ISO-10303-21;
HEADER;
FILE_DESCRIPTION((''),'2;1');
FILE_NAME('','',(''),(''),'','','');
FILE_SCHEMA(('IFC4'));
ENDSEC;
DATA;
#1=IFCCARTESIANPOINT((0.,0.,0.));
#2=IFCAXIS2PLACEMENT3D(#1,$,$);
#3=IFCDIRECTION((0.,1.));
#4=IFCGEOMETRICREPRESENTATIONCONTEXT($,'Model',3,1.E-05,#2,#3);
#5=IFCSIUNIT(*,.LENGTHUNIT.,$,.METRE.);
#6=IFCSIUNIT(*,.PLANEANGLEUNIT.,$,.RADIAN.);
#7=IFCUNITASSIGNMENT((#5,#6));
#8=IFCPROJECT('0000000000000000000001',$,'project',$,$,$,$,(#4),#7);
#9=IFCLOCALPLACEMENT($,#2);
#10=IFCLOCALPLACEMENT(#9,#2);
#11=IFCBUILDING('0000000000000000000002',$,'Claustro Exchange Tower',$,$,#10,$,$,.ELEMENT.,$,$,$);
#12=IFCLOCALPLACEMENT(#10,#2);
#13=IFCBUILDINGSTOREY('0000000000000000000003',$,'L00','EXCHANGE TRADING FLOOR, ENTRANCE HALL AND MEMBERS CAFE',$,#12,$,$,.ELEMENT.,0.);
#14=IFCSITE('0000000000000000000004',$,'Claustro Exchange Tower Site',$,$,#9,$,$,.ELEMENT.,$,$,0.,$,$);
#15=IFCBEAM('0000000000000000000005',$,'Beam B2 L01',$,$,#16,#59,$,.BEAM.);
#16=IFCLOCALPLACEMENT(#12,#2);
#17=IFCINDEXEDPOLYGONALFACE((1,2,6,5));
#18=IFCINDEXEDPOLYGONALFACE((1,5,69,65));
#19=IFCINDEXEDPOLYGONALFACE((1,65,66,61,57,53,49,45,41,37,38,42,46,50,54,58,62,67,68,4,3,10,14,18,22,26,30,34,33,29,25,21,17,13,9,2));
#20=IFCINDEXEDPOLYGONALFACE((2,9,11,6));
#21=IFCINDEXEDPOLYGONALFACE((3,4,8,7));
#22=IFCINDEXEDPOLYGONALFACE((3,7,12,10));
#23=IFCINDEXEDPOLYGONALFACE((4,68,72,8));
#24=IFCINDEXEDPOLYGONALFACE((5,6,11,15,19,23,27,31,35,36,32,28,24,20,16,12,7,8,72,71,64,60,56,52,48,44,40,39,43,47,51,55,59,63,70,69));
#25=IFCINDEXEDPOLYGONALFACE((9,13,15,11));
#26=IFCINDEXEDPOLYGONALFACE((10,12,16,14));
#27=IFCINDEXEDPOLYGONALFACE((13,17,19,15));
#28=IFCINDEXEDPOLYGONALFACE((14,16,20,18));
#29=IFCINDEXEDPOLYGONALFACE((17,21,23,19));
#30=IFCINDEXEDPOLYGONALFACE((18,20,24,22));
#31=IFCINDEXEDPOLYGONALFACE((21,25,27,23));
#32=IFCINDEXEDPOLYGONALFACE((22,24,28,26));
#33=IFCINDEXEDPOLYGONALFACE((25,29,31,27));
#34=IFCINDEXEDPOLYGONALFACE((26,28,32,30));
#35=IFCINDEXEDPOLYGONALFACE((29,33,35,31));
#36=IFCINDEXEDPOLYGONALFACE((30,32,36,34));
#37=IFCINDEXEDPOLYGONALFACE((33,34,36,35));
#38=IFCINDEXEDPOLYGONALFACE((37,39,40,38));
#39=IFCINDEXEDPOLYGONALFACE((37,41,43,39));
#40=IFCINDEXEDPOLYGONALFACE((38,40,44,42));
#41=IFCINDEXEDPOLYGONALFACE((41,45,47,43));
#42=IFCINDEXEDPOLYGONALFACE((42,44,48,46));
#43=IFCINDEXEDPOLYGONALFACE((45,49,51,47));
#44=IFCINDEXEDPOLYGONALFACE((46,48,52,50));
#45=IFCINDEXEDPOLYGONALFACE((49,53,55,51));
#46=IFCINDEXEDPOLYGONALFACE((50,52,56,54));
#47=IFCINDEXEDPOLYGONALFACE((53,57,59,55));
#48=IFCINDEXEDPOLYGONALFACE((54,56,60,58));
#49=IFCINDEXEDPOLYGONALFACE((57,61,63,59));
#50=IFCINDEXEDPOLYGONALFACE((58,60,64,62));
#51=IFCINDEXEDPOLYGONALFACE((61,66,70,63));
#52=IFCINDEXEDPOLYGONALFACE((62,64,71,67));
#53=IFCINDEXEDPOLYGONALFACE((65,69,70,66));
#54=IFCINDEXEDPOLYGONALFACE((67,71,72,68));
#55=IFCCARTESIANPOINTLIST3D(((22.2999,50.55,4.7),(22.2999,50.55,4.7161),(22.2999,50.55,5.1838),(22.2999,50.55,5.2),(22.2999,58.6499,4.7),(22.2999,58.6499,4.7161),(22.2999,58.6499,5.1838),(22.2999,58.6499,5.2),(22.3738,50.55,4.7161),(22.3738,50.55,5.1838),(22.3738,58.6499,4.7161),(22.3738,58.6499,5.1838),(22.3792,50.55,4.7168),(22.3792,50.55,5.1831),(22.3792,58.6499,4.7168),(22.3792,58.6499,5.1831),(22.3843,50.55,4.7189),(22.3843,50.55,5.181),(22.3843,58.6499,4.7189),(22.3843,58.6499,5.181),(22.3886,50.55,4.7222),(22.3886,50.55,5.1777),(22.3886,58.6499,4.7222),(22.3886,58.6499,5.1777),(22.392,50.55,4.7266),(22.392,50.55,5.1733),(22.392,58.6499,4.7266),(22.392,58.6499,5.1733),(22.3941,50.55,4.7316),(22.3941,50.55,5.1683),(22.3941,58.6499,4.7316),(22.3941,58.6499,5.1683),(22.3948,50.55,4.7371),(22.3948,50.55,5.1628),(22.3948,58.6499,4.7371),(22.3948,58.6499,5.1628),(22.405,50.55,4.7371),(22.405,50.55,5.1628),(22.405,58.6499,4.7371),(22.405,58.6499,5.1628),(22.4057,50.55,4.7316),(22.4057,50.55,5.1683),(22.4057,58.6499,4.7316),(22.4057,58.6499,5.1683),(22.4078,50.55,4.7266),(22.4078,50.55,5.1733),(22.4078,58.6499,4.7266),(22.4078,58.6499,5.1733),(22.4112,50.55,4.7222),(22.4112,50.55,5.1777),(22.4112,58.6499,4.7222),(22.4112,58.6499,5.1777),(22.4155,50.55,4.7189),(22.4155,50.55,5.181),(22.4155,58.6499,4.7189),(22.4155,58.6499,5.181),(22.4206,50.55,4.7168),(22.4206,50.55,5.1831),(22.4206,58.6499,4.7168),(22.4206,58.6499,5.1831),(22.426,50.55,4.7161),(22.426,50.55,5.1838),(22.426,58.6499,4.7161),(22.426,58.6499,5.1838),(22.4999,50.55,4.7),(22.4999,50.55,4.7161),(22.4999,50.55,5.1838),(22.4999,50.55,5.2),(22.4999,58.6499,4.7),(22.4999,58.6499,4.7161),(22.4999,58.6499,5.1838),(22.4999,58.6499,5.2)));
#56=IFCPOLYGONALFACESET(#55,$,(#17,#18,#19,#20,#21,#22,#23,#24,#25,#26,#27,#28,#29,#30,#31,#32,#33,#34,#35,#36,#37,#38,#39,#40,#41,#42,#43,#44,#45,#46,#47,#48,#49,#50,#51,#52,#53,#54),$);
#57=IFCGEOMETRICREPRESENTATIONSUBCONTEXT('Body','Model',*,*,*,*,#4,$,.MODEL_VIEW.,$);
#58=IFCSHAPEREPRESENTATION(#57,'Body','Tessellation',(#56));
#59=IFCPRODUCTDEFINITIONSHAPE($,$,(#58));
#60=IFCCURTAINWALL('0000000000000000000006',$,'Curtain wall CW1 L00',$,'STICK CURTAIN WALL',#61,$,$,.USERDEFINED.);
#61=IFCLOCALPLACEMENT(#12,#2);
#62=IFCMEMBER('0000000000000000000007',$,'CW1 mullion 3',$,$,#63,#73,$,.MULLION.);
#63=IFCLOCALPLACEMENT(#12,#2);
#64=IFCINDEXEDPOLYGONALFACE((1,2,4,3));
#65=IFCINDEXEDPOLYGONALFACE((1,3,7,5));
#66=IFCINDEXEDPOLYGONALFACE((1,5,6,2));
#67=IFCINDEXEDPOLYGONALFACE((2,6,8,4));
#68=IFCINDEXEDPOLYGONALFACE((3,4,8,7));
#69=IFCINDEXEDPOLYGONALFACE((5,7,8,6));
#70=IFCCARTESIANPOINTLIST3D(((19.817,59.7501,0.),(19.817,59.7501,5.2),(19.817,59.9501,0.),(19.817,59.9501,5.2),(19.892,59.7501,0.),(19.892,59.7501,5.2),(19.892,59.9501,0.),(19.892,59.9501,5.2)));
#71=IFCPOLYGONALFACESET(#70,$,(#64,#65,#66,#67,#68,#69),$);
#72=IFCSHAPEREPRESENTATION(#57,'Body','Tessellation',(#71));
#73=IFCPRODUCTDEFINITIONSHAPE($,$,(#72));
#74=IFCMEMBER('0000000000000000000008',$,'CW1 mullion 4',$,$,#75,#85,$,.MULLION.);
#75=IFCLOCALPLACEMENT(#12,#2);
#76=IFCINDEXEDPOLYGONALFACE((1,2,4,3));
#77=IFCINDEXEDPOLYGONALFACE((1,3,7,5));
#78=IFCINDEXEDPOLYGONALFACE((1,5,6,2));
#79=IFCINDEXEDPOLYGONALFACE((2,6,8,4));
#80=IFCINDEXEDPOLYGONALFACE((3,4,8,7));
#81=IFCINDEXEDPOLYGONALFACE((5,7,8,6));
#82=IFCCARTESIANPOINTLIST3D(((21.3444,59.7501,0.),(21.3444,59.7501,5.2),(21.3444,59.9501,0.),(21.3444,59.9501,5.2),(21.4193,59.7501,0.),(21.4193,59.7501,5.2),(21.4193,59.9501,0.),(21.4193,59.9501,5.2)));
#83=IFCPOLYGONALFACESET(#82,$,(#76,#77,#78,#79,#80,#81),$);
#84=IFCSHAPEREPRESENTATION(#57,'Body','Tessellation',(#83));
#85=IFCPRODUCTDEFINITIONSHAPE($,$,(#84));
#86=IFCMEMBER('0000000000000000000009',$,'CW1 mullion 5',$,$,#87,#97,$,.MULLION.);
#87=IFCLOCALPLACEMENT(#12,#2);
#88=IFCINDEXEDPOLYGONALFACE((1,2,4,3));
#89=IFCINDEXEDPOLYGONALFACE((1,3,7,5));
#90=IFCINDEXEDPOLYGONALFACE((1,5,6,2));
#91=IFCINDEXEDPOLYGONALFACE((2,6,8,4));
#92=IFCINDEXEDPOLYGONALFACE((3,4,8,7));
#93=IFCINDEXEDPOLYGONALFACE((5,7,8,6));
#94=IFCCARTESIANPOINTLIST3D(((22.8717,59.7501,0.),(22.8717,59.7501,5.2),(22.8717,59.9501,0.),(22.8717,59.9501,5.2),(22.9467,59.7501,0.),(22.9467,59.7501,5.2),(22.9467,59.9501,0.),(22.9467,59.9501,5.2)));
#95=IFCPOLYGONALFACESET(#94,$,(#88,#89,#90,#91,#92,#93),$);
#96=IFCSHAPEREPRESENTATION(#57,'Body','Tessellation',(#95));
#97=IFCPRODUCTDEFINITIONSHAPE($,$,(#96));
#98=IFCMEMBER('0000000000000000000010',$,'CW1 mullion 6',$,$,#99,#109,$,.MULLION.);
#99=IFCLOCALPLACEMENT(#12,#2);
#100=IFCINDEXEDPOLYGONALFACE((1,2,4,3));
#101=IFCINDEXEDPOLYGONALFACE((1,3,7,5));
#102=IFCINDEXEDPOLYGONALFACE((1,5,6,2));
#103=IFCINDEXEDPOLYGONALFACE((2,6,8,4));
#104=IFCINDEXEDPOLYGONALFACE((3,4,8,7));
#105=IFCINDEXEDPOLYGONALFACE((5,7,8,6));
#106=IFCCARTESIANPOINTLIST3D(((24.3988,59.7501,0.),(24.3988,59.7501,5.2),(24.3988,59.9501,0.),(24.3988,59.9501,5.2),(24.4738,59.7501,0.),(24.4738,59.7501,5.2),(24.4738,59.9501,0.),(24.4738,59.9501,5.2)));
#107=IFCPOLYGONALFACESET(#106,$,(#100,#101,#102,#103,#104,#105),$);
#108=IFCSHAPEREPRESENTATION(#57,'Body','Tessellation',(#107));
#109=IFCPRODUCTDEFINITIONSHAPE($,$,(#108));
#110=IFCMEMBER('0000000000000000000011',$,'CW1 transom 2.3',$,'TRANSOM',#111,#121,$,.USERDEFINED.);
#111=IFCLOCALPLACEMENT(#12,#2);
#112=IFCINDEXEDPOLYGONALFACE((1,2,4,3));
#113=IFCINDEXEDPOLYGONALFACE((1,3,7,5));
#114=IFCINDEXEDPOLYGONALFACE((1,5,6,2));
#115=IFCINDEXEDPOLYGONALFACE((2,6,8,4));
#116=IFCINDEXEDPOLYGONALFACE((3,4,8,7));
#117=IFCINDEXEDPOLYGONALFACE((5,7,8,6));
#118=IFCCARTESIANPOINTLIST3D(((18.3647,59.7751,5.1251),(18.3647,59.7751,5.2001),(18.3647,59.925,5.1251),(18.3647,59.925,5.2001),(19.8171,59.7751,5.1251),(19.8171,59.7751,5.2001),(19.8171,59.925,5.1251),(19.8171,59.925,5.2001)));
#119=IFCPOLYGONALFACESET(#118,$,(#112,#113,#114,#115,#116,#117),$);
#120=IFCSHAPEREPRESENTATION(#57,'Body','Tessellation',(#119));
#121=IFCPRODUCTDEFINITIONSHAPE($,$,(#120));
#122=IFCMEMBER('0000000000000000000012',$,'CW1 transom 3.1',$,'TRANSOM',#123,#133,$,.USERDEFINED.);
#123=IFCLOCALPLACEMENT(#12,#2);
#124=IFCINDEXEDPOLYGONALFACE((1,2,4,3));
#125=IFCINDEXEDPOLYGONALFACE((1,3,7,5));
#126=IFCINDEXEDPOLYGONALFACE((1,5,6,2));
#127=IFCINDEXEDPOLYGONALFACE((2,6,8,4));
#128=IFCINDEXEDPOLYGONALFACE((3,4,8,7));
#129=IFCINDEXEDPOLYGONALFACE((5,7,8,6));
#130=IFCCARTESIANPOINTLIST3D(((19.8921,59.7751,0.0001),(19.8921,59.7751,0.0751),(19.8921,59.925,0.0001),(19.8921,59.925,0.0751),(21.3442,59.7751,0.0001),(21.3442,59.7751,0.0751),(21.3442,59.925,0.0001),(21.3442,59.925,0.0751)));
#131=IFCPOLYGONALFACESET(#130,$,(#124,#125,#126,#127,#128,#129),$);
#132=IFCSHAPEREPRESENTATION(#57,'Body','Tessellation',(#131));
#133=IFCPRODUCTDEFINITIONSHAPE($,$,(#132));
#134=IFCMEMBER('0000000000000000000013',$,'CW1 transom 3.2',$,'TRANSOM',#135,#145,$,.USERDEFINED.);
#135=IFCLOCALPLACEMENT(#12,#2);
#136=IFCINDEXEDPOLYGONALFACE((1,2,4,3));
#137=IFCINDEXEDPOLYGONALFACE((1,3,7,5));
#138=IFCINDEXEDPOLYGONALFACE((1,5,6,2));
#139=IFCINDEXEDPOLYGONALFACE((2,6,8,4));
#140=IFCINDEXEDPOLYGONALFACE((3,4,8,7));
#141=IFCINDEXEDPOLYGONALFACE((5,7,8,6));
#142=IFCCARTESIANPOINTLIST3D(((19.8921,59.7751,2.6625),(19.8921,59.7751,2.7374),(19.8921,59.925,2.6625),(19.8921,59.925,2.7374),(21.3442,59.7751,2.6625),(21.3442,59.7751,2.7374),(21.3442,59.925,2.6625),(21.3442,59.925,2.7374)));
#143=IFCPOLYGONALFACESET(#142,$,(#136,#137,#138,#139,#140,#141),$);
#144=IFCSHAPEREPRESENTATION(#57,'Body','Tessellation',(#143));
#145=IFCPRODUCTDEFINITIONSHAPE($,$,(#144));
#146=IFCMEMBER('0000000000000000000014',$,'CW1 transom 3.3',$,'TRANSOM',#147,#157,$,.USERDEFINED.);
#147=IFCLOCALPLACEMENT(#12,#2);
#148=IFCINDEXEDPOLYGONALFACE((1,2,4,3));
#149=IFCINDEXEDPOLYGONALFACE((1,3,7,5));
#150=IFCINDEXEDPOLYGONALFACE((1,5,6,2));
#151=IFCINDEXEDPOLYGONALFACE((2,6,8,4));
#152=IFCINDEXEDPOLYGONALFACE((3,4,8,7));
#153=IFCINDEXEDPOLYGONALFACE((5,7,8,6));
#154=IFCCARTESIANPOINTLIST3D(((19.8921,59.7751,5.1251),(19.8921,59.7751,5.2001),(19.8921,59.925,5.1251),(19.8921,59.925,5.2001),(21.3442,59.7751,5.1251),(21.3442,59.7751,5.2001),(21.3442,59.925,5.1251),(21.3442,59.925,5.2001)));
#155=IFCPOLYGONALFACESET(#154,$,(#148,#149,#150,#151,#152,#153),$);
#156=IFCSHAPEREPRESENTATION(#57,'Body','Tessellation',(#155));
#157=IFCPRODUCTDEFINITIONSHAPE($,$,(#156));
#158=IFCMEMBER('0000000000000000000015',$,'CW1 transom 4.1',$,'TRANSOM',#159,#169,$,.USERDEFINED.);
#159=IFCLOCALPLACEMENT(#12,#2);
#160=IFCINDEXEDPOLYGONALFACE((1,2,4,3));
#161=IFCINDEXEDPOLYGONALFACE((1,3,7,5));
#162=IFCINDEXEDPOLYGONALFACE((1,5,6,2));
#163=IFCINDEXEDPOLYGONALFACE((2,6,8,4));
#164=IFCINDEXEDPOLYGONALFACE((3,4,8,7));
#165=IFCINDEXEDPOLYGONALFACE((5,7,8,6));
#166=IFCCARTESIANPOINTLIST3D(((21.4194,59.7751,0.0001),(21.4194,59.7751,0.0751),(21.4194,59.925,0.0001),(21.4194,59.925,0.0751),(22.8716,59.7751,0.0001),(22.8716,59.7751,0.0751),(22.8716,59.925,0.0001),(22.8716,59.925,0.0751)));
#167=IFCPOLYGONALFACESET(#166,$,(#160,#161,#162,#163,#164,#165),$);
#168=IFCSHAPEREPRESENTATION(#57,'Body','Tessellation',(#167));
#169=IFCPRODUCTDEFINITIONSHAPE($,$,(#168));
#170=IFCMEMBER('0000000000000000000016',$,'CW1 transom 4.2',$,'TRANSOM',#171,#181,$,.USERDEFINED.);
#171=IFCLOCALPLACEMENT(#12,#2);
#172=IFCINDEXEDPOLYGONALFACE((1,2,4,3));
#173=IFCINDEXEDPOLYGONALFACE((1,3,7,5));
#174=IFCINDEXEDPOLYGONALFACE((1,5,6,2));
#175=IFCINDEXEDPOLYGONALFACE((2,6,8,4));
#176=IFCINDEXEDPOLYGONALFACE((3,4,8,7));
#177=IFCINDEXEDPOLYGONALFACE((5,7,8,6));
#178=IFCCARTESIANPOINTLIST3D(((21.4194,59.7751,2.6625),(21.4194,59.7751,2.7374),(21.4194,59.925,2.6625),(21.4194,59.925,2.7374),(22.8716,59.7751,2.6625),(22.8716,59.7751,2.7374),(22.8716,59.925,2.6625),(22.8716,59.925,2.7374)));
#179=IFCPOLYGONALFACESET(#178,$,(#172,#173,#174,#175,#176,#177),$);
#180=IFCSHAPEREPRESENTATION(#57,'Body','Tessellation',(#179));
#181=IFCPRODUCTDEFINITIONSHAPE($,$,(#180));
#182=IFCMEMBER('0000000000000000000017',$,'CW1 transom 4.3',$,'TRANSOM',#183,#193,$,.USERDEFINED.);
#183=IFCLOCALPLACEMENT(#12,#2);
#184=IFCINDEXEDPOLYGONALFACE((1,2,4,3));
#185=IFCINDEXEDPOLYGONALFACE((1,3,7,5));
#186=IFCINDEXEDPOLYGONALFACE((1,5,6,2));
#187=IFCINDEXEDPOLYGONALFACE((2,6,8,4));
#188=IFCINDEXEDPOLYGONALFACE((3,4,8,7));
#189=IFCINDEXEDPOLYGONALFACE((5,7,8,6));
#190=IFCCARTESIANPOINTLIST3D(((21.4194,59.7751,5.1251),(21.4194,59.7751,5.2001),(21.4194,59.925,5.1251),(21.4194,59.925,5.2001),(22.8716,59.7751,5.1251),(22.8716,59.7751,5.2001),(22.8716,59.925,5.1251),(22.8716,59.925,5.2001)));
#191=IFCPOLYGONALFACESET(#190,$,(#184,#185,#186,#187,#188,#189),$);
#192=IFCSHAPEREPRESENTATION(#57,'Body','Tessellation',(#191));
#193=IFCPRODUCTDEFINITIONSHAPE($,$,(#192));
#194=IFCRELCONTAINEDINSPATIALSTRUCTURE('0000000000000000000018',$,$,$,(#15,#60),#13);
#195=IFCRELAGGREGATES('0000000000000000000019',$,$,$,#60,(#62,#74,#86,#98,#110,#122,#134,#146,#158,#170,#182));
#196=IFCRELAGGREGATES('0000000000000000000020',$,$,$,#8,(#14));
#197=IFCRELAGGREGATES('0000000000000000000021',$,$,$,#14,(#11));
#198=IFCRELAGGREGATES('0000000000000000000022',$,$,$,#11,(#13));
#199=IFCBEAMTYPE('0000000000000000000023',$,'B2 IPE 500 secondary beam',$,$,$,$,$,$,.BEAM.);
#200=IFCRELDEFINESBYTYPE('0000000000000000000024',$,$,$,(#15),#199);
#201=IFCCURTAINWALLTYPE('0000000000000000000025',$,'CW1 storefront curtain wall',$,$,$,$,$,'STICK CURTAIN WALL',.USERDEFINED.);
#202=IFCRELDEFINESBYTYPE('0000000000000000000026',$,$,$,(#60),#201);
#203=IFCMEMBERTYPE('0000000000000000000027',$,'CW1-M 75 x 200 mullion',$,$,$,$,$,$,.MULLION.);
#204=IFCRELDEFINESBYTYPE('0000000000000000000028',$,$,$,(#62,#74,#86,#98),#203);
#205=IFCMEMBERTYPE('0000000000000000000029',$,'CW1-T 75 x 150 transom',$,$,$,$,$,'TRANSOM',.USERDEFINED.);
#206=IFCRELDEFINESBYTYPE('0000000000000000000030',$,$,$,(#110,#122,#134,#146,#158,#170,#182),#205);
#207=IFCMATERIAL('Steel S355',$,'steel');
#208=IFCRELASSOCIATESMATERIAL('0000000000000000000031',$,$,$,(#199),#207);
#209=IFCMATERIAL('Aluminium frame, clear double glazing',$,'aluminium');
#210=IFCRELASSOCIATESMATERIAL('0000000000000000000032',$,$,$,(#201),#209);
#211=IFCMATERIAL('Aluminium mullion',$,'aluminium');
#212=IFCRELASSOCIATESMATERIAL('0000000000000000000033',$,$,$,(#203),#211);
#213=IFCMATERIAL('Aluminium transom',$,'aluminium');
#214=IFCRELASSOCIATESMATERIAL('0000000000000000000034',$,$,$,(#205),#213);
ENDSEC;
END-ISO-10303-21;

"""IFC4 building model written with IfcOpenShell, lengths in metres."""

from ifc_helpers import new_model, si_unit, direction, frame, origin, origin_2d, place, context, subcontext, project, spatial, rectangle, i_section, extrude, material, material_profile, profile_set, type_object, element, aggregate, save


model = new_model("IFC4")

# Units and contexts
model_context = context("Model", 3, precision=1e-05, world=origin(), true_north=direction((0.0, 1.0)))
body_context = subcontext(model_context, "Body", "Model", "MODEL_VIEW")
ifc_project = project(units=[si_unit("LENGTHUNIT", "METRE"), si_unit("PLANEANGLEUNIT", "RADIAN")], contexts=[model_context])

# Site, building, storey
site_placement = place(None, origin())
site = spatial("IfcSite", under=ifc_project, at=site_placement, Name="Claustro Exchange Tower Site", CompositionType="ELEMENT", RefElevation=0.0)
building_placement = place(site_placement, origin())
building = spatial("IfcBuilding", under=site, at=building_placement, Name="Claustro Exchange Tower", CompositionType="ELEMENT")
storey_placement = place(building_placement, origin())
storey = spatial("IfcBuildingStorey", under=building, at=storey_placement, Name="L00", Description="EXCHANGE TRADING FLOOR, ENTRANCE HALL AND MEMBERS CAFE", CompositionType="ELEMENT", Elevation=0.0)

# Beam
ifc_material_1 = material(Name="Steel S355", Category="steel")
ifc_material_profile_1 = material_profile(ifc_material_1, i_section(OverallWidth=0.2, OverallDepth=0.5, WebThickness=0.0103, FlangeThickness=0.0161, FilletRadius=0.021, at=origin_2d()), Name="IPE 500")
ifc_profile_set_1 = profile_set([ifc_material_profile_1], Name="Steel S355")
beam_type_1 = type_object("IfcBeamType", Name="B2 IPE 500 secondary beam", PredefinedType="BEAM", material=ifc_profile_set_1)
for number, where, z_axis, x_axis, name in (
    (1, (22.3999, 50.55, 4.95), (0.0, 1.0, 0.0), (-1.0, 0.0, 0.0), "Beam B2 L01"),
):
    element("IfcBeam", number, at=place(storey_placement, frame(where, z_axis=z_axis, x_axis=x_axis)), inside=storey, type_object=beam_type_1, Name=name, PredefinedType="BEAM", context=body_context, shape_type="SweptSolid", body=[
        extrude(i_section(OverallWidth=0.2, OverallDepth=0.5, WebThickness=0.0103, FlangeThickness=0.0161, FilletRadius=0.021, at=origin_2d()), origin(), (0.0, 0.0, 1.0), 8.0999),
    ])

# Curtain wall, members
ifc_material_2 = material(Name="Aluminium frame, clear double glazing", Category="aluminium")
curtain_wall_type = type_object("IfcCurtainWallType", Name="CW1 storefront curtain wall", ElementType="STICK CURTAIN WALL", PredefinedType="USERDEFINED", material=ifc_material_2)
curtain_wall_placement = place(storey_placement, origin())
curtain_wall = element("IfcCurtainWall", 2, at=curtain_wall_placement, inside=storey, type_object=curtain_wall_type, Name="Curtain wall CW1 L00", ObjectType="STICK CURTAIN WALL", PredefinedType="USERDEFINED")
ifc_material_3 = material(Name="Aluminium mullion", Category="aluminium")
ifc_material_profile_2 = material_profile(ifc_material_3, rectangle(XDim=0.2, YDim=0.075, at=origin_2d()), Name="CW1-M 75x200")
ifc_profile_set_2 = profile_set([ifc_material_profile_2], Name="Aluminium mullion")
member_type_1 = type_object("IfcMemberType", Name="CW1-M 75 x 200 mullion", PredefinedType="MULLION", material=ifc_profile_set_2)
member_1_placement = place(storey_placement, frame((19.8545, 59.8501, 0.0), z_axis=(0.0, 0.0, 1.0), x_axis=(0.0, 1.0, 0.0)))
member_1 = element("IfcMember", 3, at=member_1_placement, type_object=member_type_1, Name="CW1 mullion 3", PredefinedType="MULLION", context=body_context, shape_type="SweptSolid", body=[
    extrude(rectangle(XDim=0.2, YDim=0.075, at=origin_2d()), origin(), (0.0, 0.0, 1.0), 5.2),
])
member_2_placement = place(storey_placement, frame((21.3818, 59.8501, 0.0), z_axis=(0.0, 0.0, 1.0), x_axis=(0.0, 1.0, 0.0)))
member_2 = element("IfcMember", 4, at=member_2_placement, type_object=member_type_1, Name="CW1 mullion 4", PredefinedType="MULLION", context=body_context, shape_type="SweptSolid", body=[
    extrude(rectangle(XDim=0.2, YDim=0.075, at=origin_2d()), origin(), (0.0, 0.0, 1.0), 5.2),
])
member_3_placement = place(storey_placement, frame((22.9092, 59.8501, 0.0), z_axis=(0.0, 0.0, 1.0), x_axis=(0.0, 1.0, 0.0)))
member_3 = element("IfcMember", 5, at=member_3_placement, type_object=member_type_1, Name="CW1 mullion 5", PredefinedType="MULLION", context=body_context, shape_type="SweptSolid", body=[
    extrude(rectangle(XDim=0.2, YDim=0.075, at=origin_2d()), origin(), (0.0, 0.0, 1.0), 5.2),
])
member_4_placement = place(storey_placement, frame((24.4363, 59.8501, 0.0), z_axis=(0.0, 0.0, 1.0), x_axis=(0.0, 1.0, 0.0)))
member_4 = element("IfcMember", 6, at=member_4_placement, type_object=member_type_1, Name="CW1 mullion 6", PredefinedType="MULLION", context=body_context, shape_type="SweptSolid", body=[
    extrude(rectangle(XDim=0.2, YDim=0.075, at=origin_2d()), origin(), (0.0, 0.0, 1.0), 5.2),
])
ifc_material_4 = material(Name="Aluminium transom", Category="aluminium")
ifc_material_profile_3 = material_profile(ifc_material_4, rectangle(XDim=0.1499, YDim=0.075, at=origin_2d()), Name="CW1-T 75x150")
ifc_profile_set_3 = profile_set([ifc_material_profile_3], Name="Aluminium transom")
member_type_2 = type_object("IfcMemberType", Name="CW1-T 75 x 150 transom", ElementType="TRANSOM", PredefinedType="USERDEFINED", material=ifc_profile_set_3)
member_5_placement = place(storey_placement, frame((18.3647, 59.8501, 5.1626), z_axis=(1.0, 0.0, 0.0), x_axis=(0.0, 1.0, 0.0)))
member_5 = element("IfcMember", 7, at=member_5_placement, type_object=member_type_2, Name="CW1 transom 2.3", ObjectType="TRANSOM", PredefinedType="USERDEFINED", context=body_context, shape_type="SweptSolid", body=[
    extrude(rectangle(XDim=0.1499, YDim=0.075, at=origin_2d()), origin(), (0.0, 0.0, 1.0), 1.4524),
])
member_6_placement = place(storey_placement, frame((19.8921, 59.8501, 0.0376), z_axis=(1.0, 0.0, 0.0), x_axis=(0.0, 1.0, 0.0)))
member_6 = element("IfcMember", 8, at=member_6_placement, type_object=member_type_2, Name="CW1 transom 3.1", ObjectType="TRANSOM", PredefinedType="USERDEFINED", context=body_context, shape_type="SweptSolid", body=[
    extrude(rectangle(XDim=0.1499, YDim=0.075, at=origin_2d()), origin(), (0.0, 0.0, 1.0), 1.4521),
])
member_7_placement = place(storey_placement, frame((19.8921, 59.8501, 2.7), z_axis=(1.0, 0.0, 0.0), x_axis=(0.0, 1.0, 0.0)))
member_7 = element("IfcMember", 9, at=member_7_placement, type_object=member_type_2, Name="CW1 transom 3.2", ObjectType="TRANSOM", PredefinedType="USERDEFINED", context=body_context, shape_type="SweptSolid", body=[
    extrude(rectangle(XDim=0.1499, YDim=0.075, at=origin_2d()), origin(), (0.0, 0.0, 1.0), 1.4521),
])
member_8_placement = place(storey_placement, frame((19.8921, 59.8501, 5.1626), z_axis=(1.0, 0.0, 0.0), x_axis=(0.0, 1.0, 0.0)))
member_8 = element("IfcMember", 10, at=member_8_placement, type_object=member_type_2, Name="CW1 transom 3.3", ObjectType="TRANSOM", PredefinedType="USERDEFINED", context=body_context, shape_type="SweptSolid", body=[
    extrude(rectangle(XDim=0.1499, YDim=0.075, at=origin_2d()), origin(), (0.0, 0.0, 1.0), 1.4521),
])
member_9_placement = place(storey_placement, frame((21.4194, 59.8501, 0.0376), z_axis=(1.0, 0.0, 0.0), x_axis=(0.0, 1.0, 0.0)))
member_9 = element("IfcMember", 11, at=member_9_placement, type_object=member_type_2, Name="CW1 transom 4.1", ObjectType="TRANSOM", PredefinedType="USERDEFINED", context=body_context, shape_type="SweptSolid", body=[
    extrude(rectangle(XDim=0.1499, YDim=0.075, at=origin_2d()), origin(), (0.0, 0.0, 1.0), 1.4521),
])
member_10_placement = place(storey_placement, frame((21.4194, 59.8501, 2.7), z_axis=(1.0, 0.0, 0.0), x_axis=(0.0, 1.0, 0.0)))
member_10 = element("IfcMember", 12, at=member_10_placement, type_object=member_type_2, Name="CW1 transom 4.2", ObjectType="TRANSOM", PredefinedType="USERDEFINED", context=body_context, shape_type="SweptSolid", body=[
    extrude(rectangle(XDim=0.1499, YDim=0.075, at=origin_2d()), origin(), (0.0, 0.0, 1.0), 1.4521),
])
member_11_placement = place(storey_placement, frame((21.4194, 59.8501, 5.1626), z_axis=(1.0, 0.0, 0.0), x_axis=(0.0, 1.0, 0.0)))
member_11 = element("IfcMember", 13, at=member_11_placement, type_object=member_type_2, Name="CW1 transom 4.3", ObjectType="TRANSOM", PredefinedType="USERDEFINED", context=body_context, shape_type="SweptSolid", body=[
    extrude(rectangle(XDim=0.1499, YDim=0.075, at=origin_2d()), origin(), (0.0, 0.0, 1.0), 1.4521),
])
aggregate(curtain_wall, [member_1, member_2, member_3, member_4, member_5, member_6, member_7, member_8, member_9, member_10, member_11])

save(model, "model.ifc")
